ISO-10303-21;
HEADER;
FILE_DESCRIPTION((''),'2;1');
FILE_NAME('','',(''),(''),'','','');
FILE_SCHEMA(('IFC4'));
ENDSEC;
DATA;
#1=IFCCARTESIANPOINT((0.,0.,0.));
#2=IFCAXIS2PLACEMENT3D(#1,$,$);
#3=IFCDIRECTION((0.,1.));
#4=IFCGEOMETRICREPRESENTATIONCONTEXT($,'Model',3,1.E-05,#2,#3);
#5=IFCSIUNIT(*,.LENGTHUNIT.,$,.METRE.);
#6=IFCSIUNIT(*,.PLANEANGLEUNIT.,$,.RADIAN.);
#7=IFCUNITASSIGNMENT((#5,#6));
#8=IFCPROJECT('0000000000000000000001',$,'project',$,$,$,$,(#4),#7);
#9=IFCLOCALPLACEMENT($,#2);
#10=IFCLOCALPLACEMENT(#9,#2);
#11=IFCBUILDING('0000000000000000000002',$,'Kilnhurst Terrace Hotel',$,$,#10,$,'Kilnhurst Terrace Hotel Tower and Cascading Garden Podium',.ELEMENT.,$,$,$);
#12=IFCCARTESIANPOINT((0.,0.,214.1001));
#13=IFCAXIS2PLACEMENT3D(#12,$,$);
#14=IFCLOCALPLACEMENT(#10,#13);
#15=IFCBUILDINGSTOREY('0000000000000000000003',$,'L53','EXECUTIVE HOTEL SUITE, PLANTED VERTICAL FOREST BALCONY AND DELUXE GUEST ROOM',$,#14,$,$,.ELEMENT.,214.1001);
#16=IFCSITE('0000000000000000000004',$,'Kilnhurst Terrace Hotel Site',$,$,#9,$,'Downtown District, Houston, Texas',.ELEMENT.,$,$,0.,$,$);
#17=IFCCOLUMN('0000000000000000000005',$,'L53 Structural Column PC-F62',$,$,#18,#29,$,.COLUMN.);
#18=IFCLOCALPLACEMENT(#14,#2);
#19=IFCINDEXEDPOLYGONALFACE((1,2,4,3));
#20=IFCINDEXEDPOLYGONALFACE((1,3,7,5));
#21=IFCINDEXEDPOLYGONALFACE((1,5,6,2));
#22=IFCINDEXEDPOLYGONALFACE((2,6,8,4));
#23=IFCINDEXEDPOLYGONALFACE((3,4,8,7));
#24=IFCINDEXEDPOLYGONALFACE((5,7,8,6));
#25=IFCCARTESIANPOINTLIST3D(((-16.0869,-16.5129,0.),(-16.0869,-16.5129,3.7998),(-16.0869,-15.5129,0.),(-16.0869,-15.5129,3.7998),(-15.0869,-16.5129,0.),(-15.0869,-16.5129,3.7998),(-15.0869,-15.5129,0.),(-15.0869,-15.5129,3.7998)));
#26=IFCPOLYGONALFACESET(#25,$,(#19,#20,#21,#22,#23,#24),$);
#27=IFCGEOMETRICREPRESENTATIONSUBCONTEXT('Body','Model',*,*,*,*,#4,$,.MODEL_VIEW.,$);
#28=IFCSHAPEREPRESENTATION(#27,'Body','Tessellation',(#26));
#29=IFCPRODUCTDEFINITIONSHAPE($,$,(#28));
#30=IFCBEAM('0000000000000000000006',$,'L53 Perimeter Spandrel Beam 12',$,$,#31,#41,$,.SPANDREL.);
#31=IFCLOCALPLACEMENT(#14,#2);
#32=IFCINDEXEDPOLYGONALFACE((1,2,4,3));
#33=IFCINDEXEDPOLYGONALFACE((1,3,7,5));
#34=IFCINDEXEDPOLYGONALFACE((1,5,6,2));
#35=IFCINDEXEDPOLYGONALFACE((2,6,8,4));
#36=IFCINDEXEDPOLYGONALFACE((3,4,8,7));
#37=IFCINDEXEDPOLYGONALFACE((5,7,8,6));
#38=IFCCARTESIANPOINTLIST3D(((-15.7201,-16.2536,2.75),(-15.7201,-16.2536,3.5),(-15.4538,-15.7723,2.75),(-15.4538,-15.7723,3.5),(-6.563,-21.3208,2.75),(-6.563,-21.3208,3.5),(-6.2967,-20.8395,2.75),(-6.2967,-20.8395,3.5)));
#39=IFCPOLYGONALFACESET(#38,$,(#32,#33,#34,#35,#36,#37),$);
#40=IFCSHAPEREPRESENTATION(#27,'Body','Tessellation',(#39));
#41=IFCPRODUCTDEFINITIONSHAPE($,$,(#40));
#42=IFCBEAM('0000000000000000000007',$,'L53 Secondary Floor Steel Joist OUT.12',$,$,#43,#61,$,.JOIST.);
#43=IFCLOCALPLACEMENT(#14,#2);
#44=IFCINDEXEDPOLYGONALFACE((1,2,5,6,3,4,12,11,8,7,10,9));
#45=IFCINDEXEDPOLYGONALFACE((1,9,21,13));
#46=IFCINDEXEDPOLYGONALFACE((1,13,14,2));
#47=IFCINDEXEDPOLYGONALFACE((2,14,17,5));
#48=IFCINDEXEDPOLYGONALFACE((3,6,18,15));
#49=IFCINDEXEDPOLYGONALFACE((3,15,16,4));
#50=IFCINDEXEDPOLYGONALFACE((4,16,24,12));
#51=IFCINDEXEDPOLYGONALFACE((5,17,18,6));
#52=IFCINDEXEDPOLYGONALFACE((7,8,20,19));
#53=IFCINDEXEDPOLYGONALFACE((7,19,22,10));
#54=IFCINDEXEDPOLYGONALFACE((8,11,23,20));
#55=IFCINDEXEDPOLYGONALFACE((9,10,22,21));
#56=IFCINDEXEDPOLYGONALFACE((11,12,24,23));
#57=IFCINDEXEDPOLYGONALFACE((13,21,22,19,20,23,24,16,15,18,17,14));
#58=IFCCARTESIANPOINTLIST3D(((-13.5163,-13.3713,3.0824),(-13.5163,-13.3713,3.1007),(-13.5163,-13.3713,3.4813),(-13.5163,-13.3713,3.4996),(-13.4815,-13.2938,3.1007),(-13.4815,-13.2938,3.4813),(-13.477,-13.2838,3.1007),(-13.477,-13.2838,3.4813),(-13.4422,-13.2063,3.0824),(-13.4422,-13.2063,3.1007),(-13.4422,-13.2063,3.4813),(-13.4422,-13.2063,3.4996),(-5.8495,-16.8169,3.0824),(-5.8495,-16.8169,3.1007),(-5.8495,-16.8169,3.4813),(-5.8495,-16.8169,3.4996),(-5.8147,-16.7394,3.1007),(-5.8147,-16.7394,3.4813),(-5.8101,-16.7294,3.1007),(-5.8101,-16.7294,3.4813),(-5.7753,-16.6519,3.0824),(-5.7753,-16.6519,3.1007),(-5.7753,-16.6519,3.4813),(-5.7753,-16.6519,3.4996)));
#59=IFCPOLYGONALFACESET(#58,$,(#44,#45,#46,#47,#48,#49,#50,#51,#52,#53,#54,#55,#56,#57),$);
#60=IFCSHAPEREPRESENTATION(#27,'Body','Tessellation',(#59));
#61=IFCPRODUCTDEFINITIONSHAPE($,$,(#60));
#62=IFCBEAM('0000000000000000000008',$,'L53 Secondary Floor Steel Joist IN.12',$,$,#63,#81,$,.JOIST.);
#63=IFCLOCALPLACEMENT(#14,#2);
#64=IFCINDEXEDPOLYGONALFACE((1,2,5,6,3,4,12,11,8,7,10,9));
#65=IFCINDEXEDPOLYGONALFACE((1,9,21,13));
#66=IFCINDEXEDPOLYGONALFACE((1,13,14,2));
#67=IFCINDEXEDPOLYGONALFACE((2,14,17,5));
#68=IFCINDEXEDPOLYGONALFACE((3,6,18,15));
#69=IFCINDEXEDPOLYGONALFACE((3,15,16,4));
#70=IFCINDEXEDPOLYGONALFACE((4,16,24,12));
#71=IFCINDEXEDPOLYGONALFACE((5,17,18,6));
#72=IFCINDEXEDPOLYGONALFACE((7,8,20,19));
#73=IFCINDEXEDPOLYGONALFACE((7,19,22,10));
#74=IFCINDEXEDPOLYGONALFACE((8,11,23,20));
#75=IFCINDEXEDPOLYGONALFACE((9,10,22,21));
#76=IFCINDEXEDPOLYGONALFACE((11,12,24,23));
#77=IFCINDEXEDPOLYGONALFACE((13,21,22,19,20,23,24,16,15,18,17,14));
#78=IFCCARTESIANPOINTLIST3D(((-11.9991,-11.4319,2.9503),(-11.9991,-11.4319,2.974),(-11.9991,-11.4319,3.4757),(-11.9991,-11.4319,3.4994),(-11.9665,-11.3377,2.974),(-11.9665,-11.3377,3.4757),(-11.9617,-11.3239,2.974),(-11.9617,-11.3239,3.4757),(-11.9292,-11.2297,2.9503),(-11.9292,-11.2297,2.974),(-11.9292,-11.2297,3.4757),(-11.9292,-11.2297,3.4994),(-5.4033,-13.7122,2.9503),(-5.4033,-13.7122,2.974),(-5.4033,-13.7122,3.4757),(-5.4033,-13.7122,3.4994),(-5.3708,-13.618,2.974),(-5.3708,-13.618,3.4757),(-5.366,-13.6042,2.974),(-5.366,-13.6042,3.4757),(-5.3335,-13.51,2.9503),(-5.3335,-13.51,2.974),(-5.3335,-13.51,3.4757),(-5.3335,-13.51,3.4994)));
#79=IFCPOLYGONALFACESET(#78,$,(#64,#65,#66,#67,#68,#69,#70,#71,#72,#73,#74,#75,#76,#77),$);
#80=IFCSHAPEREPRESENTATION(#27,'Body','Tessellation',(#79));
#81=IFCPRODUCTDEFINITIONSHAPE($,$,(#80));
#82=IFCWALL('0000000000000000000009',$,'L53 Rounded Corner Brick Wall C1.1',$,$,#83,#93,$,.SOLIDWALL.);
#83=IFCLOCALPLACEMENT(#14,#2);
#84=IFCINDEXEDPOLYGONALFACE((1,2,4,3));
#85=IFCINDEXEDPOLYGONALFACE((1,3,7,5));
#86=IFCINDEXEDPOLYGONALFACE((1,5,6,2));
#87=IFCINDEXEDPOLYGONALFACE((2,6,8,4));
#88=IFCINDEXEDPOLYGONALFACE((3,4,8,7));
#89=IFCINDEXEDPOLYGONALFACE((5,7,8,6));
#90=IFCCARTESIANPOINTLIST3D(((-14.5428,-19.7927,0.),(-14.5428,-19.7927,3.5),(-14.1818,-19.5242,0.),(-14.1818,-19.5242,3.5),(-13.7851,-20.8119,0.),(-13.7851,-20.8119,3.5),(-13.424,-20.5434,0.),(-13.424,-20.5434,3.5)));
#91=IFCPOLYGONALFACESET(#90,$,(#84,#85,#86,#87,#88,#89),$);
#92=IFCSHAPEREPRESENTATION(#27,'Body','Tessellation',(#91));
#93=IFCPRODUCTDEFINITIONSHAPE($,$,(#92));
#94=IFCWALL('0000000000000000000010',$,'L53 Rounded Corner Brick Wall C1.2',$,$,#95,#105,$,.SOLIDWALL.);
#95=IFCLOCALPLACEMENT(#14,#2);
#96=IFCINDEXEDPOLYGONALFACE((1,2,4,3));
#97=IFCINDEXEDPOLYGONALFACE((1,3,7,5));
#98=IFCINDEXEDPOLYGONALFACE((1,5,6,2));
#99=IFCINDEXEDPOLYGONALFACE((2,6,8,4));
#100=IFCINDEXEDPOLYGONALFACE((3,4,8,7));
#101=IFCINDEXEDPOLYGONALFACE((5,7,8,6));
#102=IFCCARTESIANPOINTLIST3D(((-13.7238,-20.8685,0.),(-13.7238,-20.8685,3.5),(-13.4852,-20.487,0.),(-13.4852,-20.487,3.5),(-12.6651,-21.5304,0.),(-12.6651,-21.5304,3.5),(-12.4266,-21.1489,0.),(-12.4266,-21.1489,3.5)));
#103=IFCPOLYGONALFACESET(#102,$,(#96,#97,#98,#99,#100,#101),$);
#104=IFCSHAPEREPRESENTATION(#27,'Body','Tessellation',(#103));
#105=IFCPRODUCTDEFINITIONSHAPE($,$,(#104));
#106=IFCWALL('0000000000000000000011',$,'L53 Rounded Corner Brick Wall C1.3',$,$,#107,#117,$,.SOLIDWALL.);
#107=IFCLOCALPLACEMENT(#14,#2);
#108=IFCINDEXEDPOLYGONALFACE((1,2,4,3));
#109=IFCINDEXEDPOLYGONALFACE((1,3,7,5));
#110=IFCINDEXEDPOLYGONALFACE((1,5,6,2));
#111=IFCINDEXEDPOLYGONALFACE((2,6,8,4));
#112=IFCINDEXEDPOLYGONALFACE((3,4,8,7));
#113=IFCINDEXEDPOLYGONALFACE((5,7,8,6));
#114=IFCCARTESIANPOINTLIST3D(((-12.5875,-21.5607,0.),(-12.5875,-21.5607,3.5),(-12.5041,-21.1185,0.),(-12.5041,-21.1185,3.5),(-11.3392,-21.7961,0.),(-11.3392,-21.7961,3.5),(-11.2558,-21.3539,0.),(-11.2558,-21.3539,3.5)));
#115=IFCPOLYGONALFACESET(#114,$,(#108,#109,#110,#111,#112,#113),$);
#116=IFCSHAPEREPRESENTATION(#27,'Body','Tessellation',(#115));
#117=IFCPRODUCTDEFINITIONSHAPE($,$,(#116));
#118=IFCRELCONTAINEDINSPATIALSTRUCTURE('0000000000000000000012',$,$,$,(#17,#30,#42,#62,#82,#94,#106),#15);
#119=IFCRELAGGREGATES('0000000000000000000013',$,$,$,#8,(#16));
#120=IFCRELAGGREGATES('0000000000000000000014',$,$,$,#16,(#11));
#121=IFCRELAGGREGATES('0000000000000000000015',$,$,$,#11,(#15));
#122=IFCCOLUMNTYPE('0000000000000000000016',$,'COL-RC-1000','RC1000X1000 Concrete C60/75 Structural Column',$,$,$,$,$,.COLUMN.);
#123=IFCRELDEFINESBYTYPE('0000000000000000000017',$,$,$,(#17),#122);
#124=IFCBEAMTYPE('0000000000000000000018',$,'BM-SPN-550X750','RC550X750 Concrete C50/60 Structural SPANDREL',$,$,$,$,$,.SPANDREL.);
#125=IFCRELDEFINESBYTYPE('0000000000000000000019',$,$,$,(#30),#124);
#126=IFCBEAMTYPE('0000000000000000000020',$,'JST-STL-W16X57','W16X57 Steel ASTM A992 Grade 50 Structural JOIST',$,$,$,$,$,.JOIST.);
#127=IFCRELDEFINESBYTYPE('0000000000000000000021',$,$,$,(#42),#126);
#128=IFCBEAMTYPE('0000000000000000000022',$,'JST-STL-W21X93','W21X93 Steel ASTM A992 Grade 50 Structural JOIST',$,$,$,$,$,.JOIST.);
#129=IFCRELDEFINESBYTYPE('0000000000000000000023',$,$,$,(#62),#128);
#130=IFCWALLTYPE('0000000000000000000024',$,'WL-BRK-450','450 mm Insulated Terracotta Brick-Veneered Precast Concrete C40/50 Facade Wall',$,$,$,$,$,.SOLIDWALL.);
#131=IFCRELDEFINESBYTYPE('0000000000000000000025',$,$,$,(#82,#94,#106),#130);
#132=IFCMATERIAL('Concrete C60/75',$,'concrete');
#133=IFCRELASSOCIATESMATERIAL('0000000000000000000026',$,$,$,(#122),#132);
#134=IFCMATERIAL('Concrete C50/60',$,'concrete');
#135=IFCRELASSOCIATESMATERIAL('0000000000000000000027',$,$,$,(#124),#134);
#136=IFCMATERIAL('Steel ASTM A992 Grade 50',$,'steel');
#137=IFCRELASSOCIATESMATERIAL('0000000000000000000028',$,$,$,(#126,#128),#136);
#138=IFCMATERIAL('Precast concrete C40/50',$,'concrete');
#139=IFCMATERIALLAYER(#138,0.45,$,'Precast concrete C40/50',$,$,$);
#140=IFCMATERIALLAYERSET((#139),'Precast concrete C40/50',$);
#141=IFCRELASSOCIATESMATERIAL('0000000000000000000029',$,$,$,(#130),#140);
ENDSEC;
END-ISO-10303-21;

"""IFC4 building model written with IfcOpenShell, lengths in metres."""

from ifc_helpers import new_model, si_unit, direction, frame, frame_2d, origin, origin_2d, place, context, subcontext, project, spatial, rectangle, i_section, extrude, material, layer, layer_set, material_profile, profile_set, type_object, element, save


model = new_model("IFC4")

# Units and contexts
model_context = context("Model", 3, precision=1e-05, world=origin(), true_north=direction((0.0, 1.0)))
body_context = subcontext(model_context, "Body", "Model", "MODEL_VIEW")
ifc_project = project(units=[si_unit("LENGTHUNIT", "METRE"), si_unit("PLANEANGLEUNIT", "RADIAN")], contexts=[model_context])

# Site, building, storey
site_placement = place(None, origin())
site = spatial("IfcSite", under=ifc_project, at=site_placement, Name="Kilnhurst Terrace Hotel Site", LongName="Downtown District, Houston, Texas", CompositionType="ELEMENT", RefElevation=0.0)
building_placement = place(site_placement, origin())
building = spatial("IfcBuilding", under=site, at=building_placement, Name="Kilnhurst Terrace Hotel", LongName="Kilnhurst Terrace Hotel Tower and Cascading Garden Podium", CompositionType="ELEMENT")
storey_placement = place(building_placement, frame((0.0, 0.0, 214.1001)))
storey = spatial("IfcBuildingStorey", under=building, at=storey_placement, Name="L53", Description="EXECUTIVE HOTEL SUITE, PLANTED VERTICAL FOREST BALCONY AND DELUXE GUEST ROOM", CompositionType="ELEMENT", Elevation=214.1001)

# Column
ifc_material_1 = material(Name="Concrete C60/75", Category="concrete")
ifc_material_profile_1 = material_profile(ifc_material_1, rectangle(XDim=1.0, YDim=1.0, at=origin_2d()), Name="RC1000X1000")
ifc_profile_set_1 = profile_set([ifc_material_profile_1], Name="Concrete C60/75")
column_type = type_object("IfcColumnType", Name="COL-RC-1000", Description="RC1000X1000 Concrete C60/75 Structural Column", PredefinedType="COLUMN", material=ifc_profile_set_1)
column_placement = place(storey_placement, frame((-15.5869, -16.0129, 0.0), z_axis=(0.0, 0.0, 1.0), x_axis=(1.0, 0.0, 0.0)))
element("IfcColumn", 1, at=column_placement, inside=storey, type_object=column_type, Name="L53 Structural Column PC-F62", PredefinedType="COLUMN", context=body_context, shape_type="SweptSolid", body=[
    extrude(rectangle(XDim=1.0, YDim=1.0, at=origin_2d()), origin(), (0.0, 0.0, 1.0), 3.7998),
])

# Beams
ifc_material_2 = material(Name="Concrete C50/60", Category="concrete")
ifc_material_profile_2 = material_profile(ifc_material_2, rectangle(XDim=0.55, YDim=0.75, at=origin_2d()), Name="RC550X750")
ifc_profile_set_2 = profile_set([ifc_material_profile_2], Name="Concrete C50/60")
beam_type_1 = type_object("IfcBeamType", Name="BM-SPN-550X750", Description="RC550X750 Concrete C50/60 Structural SPANDREL", PredefinedType="SPANDREL", material=ifc_profile_set_2)
beam_1_placement = place(storey_placement, frame((-15.5869, -16.0129, 3.125), z_axis=(0.87497, -0.484177, 0.0), x_axis=(0.484177, 0.87497, 0.0)))
element("IfcBeam", 2, at=beam_1_placement, inside=storey, type_object=beam_type_1, Name="L53 Perimeter Spandrel Beam 12", PredefinedType="SPANDREL", context=body_context, shape_type="SweptSolid", body=[
    extrude(rectangle(XDim=0.55, YDim=0.75, at=origin_2d()), origin(), (0.0, 0.0, 1.0), 10.4656),
])
ifc_material_3 = material(Name="Steel ASTM A992 Grade 50", Category="steel")
ifc_material_profile_3 = material_profile(ifc_material_3, i_section(OverallWidth=0.1809, OverallDepth=0.4172, WebThickness=0.011, FlangeThickness=0.0183, at=origin_2d()), Name="W16X57")
ifc_profile_set_3 = profile_set([ifc_material_profile_3], Name="Steel ASTM A992 Grade 50")
beam_type_2 = type_object("IfcBeamType", Name="JST-STL-W16X57", Description="W16X57 Steel ASTM A992 Grade 50 Structural JOIST", PredefinedType="JOIST", material=ifc_profile_set_3)
beam_2_placement = place(storey_placement, frame((-13.4792, -13.2888, 3.291), z_axis=(0.912121, -0.409921, 0.0), x_axis=(0.409921, 0.912121, 0.0)))
element("IfcBeam", 3, at=beam_2_placement, inside=storey, type_object=beam_type_2, Name="L53 Secondary Floor Steel Joist OUT.12", PredefinedType="JOIST", context=body_context, shape_type="SweptSolid", body=[
    extrude(i_section(OverallWidth=0.1809, OverallDepth=0.4172, WebThickness=0.011, FlangeThickness=0.0183, at=origin_2d()), origin(), (0.0, 0.0, 1.0), 8.4055),
])
ifc_material_profile_4 = material_profile(ifc_material_3, i_section(OverallWidth=0.2139, OverallDepth=0.5491, WebThickness=0.0146, FlangeThickness=0.0237, at=origin_2d()), Name="W21X93")
ifc_profile_set_4 = profile_set([ifc_material_profile_4], Name="Steel ASTM A992 Grade 50")
beam_type_3 = type_object("IfcBeamType", Name="JST-STL-W21X93", Description="W21X93 Steel ASTM A992 Grade 50 Structural JOIST", PredefinedType="JOIST", material=ifc_profile_set_4)
beam_3_placement = place(storey_placement, frame((-11.9641, -11.3308, 3.2249), z_axis=(0.945112, -0.326745, 0.0), x_axis=(0.326745, 0.945112, 0.0)))
element("IfcBeam", 4, at=beam_3_placement, inside=storey, type_object=beam_type_3, Name="L53 Secondary Floor Steel Joist IN.12", PredefinedType="JOIST", context=body_context, shape_type="SweptSolid", body=[
    extrude(i_section(OverallWidth=0.2139, OverallDepth=0.5491, WebThickness=0.0146, FlangeThickness=0.0237, at=origin_2d()), origin(), (0.0, 0.0, 1.0), 6.9788),
])

# Walls
ifc_material_4 = material(Name="Precast concrete C40/50", Category="concrete")
ifc_layer_1 = layer(ifc_material_4, 0.45, Name="Precast concrete C40/50")
ifc_layer_set_1 = layer_set([ifc_layer_1], Name="Precast concrete C40/50")
wall_type_1 = type_object("IfcWallType", Name="WL-BRK-450", Description="450 mm Insulated Terracotta Brick-Veneered Precast Concrete C40/50 Facade Wall", PredefinedType="SOLIDWALL", material=ifc_layer_set_1)
wall_1_placement = place(storey_placement, frame((-14.3623, -19.6584, 0.0), z_axis=(0.0, 0.0, 1.0), x_axis=(0.596642, -0.802507, 0.0)))
element("IfcWall", 5, at=wall_1_placement, inside=storey, type_object=wall_type_1, Name="L53 Rounded Corner Brick Wall C1.1", PredefinedType="SOLIDWALL", context=body_context, shape_type="SweptSolid", body=[
    extrude(rectangle(XDim=1.27, YDim=0.45, at=frame_2d((0.635, 0.0))), origin(), (0.0, 0.0, 1.0), 3.5),
])
wall_2_placement = place(storey_placement, frame((-13.6045, -20.6777, 0.0), z_axis=(0.0, 0.0, 1.0), x_axis=(0.84791, -0.53014, 0.0)))
element("IfcWall", 6, at=wall_2_placement, inside=storey, type_object=wall_type_1, Name="L53 Rounded Corner Brick Wall C1.2", PredefinedType="SOLIDWALL", context=body_context, shape_type="SweptSolid", body=[
    extrude(rectangle(XDim=1.2485, YDim=0.45, at=frame_2d((0.6243, 0.0))), origin(), (0.0, 0.0, 1.0), 3.5),
])
wall_3_placement = place(storey_placement, frame((-12.5459, -21.3396, 0.0), z_axis=(0.0, 0.0, 1.0), x_axis=(0.982687, -0.185275, 0.0)))
element("IfcWall", 7, at=wall_3_placement, inside=storey, type_object=wall_type_1, Name="L53 Rounded Corner Brick Wall C1.3", PredefinedType="SOLIDWALL", context=body_context, shape_type="SweptSolid", body=[
    extrude(rectangle(XDim=1.2703, YDim=0.45, at=frame_2d((0.6353, 0.0))), origin(), (0.0, 0.0, 1.0), 3.5),
])

save(model, "model.ifc")
